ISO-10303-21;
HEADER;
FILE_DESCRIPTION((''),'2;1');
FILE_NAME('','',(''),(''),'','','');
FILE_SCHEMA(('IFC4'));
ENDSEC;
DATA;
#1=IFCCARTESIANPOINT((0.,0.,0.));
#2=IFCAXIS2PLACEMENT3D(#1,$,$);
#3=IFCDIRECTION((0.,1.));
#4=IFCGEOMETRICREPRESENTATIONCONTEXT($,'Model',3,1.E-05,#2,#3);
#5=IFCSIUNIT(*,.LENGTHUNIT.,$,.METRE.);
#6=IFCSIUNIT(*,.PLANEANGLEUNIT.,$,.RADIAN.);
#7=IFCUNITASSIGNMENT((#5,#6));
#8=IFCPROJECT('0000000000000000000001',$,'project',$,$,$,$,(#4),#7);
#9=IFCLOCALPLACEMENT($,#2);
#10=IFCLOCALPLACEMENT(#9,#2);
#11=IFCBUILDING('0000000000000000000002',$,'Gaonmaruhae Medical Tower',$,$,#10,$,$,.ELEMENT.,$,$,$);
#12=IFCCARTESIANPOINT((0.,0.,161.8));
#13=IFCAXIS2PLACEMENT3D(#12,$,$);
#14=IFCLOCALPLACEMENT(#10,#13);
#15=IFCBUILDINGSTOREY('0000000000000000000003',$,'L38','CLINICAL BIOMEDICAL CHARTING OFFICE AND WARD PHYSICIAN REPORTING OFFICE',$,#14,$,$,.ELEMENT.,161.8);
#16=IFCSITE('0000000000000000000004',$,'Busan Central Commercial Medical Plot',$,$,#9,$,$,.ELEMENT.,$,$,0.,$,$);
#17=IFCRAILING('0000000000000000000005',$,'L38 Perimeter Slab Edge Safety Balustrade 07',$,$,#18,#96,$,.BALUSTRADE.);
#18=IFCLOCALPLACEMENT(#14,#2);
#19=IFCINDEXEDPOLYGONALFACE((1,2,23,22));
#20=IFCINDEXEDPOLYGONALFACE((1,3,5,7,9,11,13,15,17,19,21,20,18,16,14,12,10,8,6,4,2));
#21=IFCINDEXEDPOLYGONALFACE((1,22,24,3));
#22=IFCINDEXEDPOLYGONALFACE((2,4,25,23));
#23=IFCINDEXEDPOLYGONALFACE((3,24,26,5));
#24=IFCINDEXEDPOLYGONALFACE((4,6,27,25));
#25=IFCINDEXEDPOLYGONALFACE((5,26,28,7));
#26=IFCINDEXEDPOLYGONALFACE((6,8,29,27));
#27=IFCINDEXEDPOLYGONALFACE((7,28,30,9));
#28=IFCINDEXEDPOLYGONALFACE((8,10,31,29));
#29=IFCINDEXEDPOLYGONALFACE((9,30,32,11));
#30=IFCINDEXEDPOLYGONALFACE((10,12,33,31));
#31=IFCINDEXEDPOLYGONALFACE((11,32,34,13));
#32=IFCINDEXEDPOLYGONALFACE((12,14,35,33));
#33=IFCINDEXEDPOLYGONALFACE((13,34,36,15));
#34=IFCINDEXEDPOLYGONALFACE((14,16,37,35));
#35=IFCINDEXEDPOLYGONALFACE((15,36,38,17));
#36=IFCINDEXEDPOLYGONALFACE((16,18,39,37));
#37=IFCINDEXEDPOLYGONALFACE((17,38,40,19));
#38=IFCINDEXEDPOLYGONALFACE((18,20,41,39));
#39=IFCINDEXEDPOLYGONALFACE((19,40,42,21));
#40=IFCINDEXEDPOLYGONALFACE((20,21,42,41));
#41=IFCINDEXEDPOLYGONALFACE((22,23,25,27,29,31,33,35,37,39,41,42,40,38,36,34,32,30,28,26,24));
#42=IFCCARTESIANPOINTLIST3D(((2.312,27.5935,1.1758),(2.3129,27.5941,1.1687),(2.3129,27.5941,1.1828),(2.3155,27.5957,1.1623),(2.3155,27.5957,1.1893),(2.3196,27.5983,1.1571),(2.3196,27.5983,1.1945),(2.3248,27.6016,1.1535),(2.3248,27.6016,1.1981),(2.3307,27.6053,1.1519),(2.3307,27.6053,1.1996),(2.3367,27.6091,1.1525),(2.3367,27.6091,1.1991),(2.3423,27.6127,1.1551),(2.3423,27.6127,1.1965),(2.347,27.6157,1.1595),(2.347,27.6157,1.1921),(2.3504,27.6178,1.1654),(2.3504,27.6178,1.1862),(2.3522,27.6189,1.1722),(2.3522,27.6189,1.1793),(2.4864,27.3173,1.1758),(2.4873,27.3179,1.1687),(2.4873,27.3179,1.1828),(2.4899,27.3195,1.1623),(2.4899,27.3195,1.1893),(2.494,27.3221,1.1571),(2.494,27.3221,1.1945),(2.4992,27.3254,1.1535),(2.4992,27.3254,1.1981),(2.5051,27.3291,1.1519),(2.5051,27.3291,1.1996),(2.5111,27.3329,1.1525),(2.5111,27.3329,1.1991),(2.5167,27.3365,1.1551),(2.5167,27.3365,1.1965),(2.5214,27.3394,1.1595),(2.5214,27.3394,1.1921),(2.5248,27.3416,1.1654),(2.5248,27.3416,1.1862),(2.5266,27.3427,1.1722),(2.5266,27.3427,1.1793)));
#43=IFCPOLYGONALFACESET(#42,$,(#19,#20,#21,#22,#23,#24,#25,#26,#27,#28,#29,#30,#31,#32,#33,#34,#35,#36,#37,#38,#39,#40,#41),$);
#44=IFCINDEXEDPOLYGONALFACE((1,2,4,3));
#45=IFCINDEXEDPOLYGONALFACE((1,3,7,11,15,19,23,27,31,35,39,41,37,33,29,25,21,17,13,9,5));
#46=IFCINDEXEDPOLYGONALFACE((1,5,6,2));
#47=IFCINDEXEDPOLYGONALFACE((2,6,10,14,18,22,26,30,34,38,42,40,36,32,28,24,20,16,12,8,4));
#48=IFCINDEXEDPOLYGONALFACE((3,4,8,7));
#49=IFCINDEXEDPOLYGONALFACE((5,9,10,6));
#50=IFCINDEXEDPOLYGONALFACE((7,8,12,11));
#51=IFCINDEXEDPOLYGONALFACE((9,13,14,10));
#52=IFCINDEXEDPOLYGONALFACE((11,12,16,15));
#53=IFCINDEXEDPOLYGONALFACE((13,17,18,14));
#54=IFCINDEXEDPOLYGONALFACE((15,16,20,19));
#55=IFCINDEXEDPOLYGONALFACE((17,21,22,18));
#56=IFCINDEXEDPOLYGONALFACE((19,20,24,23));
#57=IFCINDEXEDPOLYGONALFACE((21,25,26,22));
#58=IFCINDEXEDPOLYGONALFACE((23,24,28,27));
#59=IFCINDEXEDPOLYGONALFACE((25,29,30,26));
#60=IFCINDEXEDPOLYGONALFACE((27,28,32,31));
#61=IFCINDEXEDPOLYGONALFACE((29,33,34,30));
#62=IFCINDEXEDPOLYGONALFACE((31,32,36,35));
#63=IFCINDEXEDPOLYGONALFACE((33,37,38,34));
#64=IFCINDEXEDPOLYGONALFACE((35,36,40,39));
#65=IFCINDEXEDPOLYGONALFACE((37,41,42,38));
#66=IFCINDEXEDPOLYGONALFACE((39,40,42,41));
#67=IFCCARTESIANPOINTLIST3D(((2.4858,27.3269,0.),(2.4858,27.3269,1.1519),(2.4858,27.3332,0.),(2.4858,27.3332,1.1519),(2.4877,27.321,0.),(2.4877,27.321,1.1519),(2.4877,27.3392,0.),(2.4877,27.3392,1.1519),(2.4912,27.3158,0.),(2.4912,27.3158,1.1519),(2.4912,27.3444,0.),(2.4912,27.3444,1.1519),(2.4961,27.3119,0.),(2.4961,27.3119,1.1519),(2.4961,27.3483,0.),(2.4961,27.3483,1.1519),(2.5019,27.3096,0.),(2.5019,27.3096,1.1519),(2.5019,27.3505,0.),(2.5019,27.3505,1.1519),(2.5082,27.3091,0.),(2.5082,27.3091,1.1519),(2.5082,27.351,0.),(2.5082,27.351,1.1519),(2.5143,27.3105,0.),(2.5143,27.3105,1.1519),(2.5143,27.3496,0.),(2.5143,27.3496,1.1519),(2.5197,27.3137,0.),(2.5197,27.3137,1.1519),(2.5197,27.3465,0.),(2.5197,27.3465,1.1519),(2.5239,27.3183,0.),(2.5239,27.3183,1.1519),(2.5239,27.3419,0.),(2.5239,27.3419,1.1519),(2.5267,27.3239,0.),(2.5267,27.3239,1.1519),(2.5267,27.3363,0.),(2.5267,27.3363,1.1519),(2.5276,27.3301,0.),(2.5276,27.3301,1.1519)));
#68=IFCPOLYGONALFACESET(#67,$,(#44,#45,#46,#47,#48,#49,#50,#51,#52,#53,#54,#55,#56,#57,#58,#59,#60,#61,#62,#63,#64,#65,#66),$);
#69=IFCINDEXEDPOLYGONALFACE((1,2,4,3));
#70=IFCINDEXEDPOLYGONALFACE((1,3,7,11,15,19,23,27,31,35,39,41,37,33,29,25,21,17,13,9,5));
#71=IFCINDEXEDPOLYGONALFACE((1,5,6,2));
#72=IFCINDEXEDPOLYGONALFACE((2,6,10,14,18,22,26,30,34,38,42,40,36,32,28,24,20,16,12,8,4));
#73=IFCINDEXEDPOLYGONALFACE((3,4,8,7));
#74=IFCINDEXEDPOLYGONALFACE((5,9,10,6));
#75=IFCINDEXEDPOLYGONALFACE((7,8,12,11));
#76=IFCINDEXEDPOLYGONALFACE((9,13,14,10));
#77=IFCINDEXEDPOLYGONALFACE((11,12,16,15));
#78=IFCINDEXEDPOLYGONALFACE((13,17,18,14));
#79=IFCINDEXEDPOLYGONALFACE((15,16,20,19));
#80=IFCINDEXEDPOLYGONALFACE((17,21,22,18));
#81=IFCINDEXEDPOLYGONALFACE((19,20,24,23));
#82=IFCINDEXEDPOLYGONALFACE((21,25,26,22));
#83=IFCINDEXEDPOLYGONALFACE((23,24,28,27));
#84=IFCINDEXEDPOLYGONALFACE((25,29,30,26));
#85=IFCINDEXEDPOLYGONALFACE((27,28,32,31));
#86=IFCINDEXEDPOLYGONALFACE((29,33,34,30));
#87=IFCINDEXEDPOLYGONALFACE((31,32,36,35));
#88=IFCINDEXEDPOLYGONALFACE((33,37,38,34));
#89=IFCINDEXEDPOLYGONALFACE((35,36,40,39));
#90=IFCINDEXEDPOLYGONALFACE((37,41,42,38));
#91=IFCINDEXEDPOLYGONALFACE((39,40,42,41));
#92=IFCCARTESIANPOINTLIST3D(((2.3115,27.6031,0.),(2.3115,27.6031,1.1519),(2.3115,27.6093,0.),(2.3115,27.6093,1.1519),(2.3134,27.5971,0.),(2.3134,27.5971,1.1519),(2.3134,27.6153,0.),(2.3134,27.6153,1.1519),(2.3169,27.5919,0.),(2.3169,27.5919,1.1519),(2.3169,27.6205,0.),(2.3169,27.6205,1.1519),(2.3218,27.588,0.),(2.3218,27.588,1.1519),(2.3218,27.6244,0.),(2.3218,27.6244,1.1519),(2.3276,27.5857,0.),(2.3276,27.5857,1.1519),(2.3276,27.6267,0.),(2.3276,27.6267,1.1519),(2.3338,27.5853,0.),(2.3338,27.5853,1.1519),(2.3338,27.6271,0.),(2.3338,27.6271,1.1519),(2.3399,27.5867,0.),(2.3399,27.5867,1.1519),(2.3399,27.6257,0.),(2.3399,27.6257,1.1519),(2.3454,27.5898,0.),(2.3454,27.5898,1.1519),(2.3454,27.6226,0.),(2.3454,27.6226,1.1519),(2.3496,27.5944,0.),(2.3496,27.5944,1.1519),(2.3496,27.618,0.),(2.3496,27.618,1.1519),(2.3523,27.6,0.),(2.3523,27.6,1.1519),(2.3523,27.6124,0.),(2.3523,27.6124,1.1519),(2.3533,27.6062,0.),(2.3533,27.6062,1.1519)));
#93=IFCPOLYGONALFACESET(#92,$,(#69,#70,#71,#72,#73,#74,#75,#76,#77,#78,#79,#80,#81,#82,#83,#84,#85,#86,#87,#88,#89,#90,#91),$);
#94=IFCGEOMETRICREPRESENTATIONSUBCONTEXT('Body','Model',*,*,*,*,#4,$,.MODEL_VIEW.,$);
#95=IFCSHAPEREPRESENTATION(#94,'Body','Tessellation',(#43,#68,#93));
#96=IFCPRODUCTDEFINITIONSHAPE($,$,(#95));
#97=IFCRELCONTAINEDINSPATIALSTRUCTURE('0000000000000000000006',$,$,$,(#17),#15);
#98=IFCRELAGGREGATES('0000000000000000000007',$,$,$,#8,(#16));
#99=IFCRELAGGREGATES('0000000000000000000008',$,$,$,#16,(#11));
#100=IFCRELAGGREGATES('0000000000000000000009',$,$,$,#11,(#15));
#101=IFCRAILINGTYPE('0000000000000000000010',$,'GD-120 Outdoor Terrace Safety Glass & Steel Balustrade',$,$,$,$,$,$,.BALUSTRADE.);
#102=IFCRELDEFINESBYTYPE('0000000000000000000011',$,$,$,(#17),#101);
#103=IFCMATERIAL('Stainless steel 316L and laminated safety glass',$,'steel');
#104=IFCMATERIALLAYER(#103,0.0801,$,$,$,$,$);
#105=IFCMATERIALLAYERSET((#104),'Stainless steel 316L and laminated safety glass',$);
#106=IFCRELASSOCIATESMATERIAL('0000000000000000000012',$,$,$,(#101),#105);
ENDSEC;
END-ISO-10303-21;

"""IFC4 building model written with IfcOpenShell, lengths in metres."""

from ifc_helpers import new_model, si_unit, direction, frame, origin, origin_2d, place, context, subcontext, project, spatial, circle, extrude, material, layer, layer_set, type_object, element, save


model = new_model("IFC4")

# Units and contexts
model_context = context("Model", 3, precision=1e-05, world=origin(), true_north=direction((0.0, 1.0)))
body_context = subcontext(model_context, "Body", "Model", "MODEL_VIEW")
ifc_project = project(units=[si_unit("LENGTHUNIT", "METRE"), si_unit("PLANEANGLEUNIT", "RADIAN")], contexts=[model_context])

# Site, building, storey
site_placement = place(None, origin())
site = spatial("IfcSite", under=ifc_project, at=site_placement, Name="Busan Central Commercial Medical Plot", CompositionType="ELEMENT", RefElevation=0.0)
building_placement = place(site_placement, origin())
building = spatial("IfcBuilding", under=site, at=building_placement, Name="Gaonmaruhae Medical Tower", CompositionType="ELEMENT")
storey_placement = place(building_placement, frame((0.0, 0.0, 161.8)))
storey = spatial("IfcBuildingStorey", under=building, at=storey_placement, Name="L38", Description="CLINICAL BIOMEDICAL CHARTING OFFICE AND WARD PHYSICIAN REPORTING OFFICE", CompositionType="ELEMENT", Elevation=161.8)

# Railing
ifc_material_1 = material(Name="Stainless steel 316L and laminated safety glass", Category="steel")
ifc_layer_1 = layer(ifc_material_1, 0.0801)
ifc_layer_set_1 = layer_set([ifc_layer_1], Name="Stainless steel 316L and laminated safety glass")
railing_type = type_object("IfcRailingType", Name="GD-120 Outdoor Terrace Safety Glass & Steel Balustrade", PredefinedType="BALUSTRADE", material=ifc_layer_set_1)
railing_1_placement = place(storey_placement, frame((2.5066, 27.3301, 0.0)))
element("IfcRailing", 1, at=railing_1_placement, inside=storey, type_object=railing_type, Name="L38 Perimeter Slab Edge Safety Balustrade 07", PredefinedType="BALUSTRADE", context=body_context, shape_type="SweptSolid", body=[
    extrude(circle(Radius=0.0239, at=origin_2d()), frame((0.0, 0.0, 1.1758), z_axis=(-0.533824, 0.845595, 0.0), x_axis=(-0.845595, -0.533824, 0.0)), (0.0, 0.0, 1.0), 0.3267),
    extrude(circle(Radius=0.021, at=origin_2d()), origin(), (0.0, 0.0, 1.0), 1.1519),
    extrude(circle(Radius=0.021, at=origin_2d()), frame((-0.1743, 0.2761, 0.0)), (0.0, 0.0, 1.0), 1.1519),
])

save(model, "model.ifc")
